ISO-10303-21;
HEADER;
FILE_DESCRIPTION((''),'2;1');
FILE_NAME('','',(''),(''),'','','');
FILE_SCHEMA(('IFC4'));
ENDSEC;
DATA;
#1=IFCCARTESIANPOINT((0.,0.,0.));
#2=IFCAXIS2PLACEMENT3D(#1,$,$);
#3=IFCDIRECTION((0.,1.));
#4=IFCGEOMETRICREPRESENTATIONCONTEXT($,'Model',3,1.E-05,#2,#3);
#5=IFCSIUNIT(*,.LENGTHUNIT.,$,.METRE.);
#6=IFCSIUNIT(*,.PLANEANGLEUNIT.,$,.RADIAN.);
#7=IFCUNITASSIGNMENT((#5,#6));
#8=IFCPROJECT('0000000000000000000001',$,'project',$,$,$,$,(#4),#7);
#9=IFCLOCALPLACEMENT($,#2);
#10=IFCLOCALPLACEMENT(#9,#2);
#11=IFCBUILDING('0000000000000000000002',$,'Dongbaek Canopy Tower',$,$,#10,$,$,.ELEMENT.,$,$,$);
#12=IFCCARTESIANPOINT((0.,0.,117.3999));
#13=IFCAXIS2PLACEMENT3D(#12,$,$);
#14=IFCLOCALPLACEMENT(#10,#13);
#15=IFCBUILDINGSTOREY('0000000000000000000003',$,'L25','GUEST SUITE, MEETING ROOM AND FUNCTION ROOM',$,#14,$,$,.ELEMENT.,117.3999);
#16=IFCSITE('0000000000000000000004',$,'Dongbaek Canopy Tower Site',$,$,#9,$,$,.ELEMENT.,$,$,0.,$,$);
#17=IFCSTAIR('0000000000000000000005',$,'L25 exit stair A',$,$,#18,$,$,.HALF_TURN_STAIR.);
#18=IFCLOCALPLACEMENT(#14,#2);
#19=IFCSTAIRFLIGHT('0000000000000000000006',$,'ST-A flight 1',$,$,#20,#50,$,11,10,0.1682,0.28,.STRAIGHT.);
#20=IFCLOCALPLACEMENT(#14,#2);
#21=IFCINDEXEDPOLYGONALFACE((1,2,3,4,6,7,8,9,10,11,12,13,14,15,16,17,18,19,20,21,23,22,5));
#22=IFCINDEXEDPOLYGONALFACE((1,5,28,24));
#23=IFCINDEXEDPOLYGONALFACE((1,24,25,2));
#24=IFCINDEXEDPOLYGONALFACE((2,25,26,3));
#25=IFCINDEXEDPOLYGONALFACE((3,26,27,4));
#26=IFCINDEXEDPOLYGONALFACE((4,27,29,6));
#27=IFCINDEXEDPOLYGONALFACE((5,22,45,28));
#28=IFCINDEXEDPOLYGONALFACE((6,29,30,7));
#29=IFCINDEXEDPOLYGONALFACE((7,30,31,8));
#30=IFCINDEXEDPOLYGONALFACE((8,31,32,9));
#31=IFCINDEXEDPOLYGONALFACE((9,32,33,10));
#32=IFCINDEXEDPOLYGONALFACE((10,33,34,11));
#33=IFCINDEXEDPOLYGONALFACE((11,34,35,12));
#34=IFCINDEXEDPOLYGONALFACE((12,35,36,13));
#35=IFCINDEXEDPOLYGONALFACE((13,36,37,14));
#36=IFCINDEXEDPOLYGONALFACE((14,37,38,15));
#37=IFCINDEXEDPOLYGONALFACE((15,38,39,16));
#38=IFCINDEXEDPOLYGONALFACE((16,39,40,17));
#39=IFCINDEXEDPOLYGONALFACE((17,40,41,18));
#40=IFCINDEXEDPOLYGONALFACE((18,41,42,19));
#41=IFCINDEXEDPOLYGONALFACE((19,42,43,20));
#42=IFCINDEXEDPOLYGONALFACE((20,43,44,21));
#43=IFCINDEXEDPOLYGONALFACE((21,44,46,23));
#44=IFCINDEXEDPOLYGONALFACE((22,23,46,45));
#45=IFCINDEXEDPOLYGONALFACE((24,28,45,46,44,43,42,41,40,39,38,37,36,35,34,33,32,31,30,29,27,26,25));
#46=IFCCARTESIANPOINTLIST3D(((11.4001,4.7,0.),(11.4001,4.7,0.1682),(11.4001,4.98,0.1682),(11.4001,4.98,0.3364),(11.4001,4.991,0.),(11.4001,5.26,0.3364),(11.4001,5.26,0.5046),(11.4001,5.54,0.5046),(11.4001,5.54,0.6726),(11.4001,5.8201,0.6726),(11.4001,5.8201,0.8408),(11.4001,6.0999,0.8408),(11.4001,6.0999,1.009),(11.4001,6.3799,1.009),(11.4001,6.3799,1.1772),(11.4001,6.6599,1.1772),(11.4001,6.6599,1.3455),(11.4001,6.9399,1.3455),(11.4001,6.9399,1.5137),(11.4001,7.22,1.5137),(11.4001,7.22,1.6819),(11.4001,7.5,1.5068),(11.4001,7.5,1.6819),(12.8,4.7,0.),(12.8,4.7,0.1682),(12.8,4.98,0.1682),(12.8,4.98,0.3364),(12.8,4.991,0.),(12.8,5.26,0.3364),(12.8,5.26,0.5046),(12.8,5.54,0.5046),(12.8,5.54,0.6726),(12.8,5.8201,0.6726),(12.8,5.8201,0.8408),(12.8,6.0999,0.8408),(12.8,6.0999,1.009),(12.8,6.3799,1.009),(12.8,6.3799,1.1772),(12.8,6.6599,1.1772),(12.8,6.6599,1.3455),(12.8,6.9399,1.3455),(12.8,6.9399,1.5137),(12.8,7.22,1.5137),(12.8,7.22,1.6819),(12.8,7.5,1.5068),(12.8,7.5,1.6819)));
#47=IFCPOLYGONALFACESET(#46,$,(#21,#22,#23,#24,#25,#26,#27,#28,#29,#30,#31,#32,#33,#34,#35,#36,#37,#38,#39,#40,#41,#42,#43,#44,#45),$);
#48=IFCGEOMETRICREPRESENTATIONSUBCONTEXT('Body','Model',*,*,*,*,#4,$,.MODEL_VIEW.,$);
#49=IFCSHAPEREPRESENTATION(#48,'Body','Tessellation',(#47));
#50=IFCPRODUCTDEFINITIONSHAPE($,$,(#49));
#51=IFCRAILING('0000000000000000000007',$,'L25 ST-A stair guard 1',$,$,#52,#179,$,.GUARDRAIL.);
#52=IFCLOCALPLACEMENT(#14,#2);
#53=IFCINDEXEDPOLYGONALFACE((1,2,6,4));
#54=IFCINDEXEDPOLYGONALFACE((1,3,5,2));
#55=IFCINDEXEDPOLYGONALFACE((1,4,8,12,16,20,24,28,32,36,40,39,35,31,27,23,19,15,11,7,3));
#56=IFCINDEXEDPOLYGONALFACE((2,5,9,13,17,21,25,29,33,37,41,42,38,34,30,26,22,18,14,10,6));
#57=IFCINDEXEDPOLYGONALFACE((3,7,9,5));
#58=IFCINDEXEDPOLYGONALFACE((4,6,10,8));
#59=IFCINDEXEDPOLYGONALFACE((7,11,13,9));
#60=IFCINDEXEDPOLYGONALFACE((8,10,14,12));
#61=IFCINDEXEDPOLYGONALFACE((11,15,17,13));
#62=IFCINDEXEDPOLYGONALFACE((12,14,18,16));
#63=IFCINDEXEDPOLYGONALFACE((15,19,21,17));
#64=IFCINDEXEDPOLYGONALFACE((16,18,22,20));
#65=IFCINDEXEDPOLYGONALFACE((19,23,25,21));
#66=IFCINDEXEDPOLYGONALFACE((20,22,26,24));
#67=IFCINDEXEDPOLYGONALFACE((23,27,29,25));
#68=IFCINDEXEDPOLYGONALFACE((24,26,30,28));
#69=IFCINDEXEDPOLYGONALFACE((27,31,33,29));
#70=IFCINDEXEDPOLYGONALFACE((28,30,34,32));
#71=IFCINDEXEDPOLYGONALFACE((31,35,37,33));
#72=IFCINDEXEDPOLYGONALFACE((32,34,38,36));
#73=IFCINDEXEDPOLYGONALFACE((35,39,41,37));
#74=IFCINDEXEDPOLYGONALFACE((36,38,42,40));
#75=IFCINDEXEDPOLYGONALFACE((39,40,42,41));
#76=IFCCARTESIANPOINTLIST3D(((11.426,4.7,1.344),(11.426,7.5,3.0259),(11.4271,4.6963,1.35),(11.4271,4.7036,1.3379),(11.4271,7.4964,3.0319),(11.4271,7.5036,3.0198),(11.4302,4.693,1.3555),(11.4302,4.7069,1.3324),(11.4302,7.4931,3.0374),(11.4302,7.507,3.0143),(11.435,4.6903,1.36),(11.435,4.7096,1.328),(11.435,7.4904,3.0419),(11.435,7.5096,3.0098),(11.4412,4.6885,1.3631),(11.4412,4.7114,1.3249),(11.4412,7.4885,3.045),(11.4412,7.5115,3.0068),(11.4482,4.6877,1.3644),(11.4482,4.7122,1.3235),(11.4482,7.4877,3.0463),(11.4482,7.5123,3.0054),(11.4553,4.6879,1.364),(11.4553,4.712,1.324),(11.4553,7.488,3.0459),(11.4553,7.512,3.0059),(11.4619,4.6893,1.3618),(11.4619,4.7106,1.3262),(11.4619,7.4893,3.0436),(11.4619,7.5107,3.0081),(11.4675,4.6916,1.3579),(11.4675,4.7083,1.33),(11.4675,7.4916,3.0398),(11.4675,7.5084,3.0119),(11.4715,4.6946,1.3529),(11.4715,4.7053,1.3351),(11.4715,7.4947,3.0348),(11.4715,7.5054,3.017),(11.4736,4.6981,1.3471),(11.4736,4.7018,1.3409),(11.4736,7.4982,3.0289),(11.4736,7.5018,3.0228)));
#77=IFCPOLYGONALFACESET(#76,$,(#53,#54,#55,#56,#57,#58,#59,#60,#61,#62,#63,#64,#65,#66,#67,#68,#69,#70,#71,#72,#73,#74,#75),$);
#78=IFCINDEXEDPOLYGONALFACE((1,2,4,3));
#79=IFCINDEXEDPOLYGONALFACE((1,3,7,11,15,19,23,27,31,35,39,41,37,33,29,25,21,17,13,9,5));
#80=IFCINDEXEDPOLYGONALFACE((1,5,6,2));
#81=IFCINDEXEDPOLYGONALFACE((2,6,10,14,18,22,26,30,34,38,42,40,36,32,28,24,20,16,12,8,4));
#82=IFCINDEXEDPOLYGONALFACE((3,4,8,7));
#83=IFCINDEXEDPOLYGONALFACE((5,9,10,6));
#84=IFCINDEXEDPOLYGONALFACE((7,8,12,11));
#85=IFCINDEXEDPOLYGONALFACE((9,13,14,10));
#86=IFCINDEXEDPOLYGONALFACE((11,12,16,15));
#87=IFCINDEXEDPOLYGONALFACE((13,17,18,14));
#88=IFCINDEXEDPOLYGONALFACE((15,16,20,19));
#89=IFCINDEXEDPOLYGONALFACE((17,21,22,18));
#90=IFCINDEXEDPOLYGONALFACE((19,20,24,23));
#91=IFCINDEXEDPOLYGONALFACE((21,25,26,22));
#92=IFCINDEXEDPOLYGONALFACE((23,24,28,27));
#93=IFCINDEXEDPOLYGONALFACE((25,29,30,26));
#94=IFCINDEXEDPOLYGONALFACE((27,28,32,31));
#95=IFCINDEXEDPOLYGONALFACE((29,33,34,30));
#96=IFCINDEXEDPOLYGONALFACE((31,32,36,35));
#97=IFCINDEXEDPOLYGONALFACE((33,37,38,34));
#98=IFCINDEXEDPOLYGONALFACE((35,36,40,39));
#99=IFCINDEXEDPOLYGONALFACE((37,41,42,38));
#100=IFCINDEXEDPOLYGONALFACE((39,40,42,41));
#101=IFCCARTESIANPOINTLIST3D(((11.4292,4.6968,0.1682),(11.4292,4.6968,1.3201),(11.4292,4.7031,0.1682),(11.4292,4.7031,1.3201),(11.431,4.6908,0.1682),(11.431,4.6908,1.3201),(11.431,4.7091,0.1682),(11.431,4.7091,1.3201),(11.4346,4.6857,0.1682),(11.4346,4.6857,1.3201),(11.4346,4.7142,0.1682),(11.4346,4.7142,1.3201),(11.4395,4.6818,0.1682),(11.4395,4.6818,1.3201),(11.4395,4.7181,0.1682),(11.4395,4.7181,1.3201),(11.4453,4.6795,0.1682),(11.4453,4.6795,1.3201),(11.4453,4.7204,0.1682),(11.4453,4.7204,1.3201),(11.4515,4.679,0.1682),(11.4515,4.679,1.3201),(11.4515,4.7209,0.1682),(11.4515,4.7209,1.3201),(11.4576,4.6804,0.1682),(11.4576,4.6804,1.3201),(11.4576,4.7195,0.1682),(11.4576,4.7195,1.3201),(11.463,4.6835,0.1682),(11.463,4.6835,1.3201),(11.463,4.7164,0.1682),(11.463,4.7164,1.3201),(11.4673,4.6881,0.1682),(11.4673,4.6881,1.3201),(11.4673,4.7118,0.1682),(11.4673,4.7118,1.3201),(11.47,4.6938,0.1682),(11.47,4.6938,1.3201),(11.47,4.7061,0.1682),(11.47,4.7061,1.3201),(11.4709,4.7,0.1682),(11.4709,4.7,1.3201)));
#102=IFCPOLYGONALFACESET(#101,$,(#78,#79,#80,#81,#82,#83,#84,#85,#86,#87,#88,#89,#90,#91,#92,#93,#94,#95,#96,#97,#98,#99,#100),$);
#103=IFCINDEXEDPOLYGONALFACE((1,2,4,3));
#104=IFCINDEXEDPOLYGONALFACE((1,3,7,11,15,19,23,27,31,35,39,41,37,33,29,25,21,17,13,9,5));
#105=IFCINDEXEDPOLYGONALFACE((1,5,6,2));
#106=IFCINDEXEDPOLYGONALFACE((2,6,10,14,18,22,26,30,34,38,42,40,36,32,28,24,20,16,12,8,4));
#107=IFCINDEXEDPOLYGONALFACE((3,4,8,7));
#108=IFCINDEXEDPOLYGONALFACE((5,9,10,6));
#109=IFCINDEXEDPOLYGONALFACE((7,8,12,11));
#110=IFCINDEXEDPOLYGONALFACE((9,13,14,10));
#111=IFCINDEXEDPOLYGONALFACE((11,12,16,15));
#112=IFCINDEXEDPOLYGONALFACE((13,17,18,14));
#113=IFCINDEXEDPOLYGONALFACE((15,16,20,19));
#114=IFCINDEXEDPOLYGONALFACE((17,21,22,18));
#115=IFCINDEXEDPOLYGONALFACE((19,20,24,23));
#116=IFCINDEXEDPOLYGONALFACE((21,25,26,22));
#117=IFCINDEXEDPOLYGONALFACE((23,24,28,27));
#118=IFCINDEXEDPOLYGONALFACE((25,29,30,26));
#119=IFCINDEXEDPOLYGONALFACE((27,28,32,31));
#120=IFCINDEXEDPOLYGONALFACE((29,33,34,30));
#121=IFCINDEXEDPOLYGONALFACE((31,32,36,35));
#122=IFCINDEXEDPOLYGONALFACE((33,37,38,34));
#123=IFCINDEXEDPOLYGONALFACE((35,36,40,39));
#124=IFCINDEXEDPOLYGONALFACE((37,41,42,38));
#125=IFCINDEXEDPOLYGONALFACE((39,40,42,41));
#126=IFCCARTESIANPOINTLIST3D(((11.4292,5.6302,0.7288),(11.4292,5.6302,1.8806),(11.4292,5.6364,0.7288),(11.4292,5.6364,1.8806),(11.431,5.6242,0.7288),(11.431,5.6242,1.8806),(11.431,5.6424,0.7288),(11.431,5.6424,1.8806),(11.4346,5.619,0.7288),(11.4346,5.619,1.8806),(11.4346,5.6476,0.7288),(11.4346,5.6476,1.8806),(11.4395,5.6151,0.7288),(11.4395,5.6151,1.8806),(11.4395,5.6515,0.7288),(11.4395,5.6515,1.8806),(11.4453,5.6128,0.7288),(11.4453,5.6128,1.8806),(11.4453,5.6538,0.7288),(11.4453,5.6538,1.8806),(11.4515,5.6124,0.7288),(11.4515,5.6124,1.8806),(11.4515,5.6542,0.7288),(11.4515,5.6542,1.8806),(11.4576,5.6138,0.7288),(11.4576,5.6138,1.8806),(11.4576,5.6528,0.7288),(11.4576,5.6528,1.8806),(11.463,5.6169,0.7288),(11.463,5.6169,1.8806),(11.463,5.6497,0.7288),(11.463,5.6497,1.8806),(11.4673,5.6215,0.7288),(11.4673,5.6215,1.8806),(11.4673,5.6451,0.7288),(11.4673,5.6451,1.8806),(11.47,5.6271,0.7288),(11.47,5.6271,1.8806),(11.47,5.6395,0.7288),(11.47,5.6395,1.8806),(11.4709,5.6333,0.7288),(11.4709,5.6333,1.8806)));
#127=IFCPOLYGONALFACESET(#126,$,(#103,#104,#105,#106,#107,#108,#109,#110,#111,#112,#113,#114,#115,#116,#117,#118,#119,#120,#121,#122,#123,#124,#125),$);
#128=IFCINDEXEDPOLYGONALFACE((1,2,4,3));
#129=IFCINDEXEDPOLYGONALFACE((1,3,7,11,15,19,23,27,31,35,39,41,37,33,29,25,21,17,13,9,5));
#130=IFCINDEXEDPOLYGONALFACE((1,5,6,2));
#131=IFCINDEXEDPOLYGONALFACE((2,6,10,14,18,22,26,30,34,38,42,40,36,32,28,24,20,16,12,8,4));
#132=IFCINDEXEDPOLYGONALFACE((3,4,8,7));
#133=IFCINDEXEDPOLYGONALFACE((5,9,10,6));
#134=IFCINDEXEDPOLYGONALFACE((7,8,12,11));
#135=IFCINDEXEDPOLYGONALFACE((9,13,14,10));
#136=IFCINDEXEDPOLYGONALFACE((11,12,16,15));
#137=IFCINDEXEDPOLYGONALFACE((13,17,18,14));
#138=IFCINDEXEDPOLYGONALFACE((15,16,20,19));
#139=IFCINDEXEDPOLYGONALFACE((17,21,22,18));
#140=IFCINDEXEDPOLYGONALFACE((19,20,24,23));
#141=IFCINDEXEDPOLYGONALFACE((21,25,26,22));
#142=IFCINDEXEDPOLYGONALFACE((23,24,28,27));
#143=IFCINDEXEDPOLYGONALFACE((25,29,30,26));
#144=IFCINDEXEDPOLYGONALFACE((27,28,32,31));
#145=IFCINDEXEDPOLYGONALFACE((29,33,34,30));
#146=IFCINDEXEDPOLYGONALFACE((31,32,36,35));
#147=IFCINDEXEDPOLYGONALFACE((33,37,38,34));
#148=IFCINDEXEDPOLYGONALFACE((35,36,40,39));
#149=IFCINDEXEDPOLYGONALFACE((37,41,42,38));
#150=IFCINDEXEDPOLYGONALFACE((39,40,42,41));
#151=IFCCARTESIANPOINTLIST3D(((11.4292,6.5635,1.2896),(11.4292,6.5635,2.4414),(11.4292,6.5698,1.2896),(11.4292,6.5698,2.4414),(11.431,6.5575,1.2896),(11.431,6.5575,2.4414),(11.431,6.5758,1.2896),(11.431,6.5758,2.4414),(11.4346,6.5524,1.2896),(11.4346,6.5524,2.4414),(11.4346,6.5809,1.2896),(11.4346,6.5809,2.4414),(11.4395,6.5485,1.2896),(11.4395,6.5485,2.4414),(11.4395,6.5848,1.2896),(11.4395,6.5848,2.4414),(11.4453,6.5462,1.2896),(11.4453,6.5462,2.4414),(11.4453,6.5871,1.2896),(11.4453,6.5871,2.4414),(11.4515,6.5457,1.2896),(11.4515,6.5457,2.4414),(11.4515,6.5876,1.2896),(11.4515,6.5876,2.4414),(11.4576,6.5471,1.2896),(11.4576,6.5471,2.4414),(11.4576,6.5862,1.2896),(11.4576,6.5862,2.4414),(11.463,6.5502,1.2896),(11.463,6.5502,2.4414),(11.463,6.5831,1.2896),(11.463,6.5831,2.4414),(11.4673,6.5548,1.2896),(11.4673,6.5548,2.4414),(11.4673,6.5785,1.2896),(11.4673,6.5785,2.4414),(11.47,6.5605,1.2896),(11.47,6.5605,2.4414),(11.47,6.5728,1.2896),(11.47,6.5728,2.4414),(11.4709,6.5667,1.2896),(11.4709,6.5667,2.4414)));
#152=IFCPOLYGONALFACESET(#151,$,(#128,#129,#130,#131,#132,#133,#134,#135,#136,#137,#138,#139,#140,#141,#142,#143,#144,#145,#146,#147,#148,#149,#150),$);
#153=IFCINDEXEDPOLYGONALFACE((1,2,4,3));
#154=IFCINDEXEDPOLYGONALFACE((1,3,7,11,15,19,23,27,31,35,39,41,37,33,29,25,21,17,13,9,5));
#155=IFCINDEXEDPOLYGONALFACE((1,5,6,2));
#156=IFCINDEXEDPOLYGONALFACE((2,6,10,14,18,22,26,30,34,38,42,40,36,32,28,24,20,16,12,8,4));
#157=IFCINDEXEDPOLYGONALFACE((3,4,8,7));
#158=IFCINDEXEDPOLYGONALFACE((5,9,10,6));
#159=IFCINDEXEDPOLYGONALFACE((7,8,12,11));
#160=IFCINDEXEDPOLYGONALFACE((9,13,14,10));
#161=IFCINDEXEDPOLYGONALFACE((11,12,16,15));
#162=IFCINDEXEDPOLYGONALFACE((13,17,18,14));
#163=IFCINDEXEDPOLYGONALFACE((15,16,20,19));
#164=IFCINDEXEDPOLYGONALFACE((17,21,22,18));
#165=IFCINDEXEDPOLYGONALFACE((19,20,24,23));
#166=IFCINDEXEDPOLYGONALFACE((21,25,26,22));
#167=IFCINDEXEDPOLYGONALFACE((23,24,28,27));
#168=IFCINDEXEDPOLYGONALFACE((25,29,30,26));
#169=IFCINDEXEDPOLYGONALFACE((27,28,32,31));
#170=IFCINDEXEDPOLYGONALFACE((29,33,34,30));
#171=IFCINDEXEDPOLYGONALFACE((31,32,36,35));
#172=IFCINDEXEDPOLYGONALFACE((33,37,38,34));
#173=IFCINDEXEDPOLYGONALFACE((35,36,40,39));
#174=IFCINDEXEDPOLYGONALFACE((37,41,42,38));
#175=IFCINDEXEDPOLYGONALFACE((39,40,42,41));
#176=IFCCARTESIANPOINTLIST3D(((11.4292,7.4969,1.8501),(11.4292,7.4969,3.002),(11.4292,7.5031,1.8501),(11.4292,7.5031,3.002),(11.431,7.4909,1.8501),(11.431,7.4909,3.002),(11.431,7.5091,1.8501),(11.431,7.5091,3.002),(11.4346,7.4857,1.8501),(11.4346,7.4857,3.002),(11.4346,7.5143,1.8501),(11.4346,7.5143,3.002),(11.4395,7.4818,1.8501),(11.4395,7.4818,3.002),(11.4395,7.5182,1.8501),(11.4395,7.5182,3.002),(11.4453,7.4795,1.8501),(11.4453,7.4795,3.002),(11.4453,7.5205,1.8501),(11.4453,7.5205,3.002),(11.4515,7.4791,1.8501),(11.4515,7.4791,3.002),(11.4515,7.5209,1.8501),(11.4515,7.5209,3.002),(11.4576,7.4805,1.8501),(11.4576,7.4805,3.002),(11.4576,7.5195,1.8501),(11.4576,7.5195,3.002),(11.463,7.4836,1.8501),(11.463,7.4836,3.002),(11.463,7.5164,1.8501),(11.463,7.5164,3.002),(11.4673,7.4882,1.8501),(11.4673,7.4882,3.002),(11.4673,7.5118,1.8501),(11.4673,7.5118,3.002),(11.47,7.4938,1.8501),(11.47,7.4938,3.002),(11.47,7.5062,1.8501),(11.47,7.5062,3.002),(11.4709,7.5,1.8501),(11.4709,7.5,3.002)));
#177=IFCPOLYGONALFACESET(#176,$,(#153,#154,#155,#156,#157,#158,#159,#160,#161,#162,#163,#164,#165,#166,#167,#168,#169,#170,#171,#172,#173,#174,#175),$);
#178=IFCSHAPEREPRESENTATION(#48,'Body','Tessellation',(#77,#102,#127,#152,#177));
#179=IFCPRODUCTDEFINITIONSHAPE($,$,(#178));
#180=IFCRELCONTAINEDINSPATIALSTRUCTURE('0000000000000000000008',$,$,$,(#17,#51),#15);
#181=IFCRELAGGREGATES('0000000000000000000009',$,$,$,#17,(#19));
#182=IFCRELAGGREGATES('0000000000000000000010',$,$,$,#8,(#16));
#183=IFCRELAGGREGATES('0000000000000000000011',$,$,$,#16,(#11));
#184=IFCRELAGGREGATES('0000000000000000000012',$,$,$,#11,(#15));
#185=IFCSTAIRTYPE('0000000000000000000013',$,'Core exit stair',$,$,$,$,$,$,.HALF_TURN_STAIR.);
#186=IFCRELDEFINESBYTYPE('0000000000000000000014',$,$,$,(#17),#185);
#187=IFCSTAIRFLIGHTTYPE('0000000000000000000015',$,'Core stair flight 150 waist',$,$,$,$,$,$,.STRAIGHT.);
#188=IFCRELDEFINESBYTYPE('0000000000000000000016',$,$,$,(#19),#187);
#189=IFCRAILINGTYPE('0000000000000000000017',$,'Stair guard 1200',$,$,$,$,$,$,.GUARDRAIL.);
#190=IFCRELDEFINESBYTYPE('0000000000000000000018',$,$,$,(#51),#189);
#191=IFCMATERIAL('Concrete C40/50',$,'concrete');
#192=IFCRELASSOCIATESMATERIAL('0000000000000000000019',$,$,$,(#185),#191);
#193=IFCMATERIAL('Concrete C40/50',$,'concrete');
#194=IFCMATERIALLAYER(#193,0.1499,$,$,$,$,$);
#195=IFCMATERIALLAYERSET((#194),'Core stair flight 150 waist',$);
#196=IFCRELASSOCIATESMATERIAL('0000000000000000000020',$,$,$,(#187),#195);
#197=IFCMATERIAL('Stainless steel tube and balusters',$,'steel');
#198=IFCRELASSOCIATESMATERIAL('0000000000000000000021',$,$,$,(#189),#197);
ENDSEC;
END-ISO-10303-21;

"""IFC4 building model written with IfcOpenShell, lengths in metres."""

from ifc_helpers import new_model, si_unit, direction, frame, origin, origin_2d, place, context, subcontext, project, spatial, polyline, circle, outline, extrude, material, layer, layer_set, type_object, element, aggregate, save


model = new_model("IFC4")

# Units and contexts
model_context = context("Model", 3, precision=1e-05, world=origin(), true_north=direction((0.0, 1.0)))
body_context = subcontext(model_context, "Body", "Model", "MODEL_VIEW")
ifc_project = project(units=[si_unit("LENGTHUNIT", "METRE"), si_unit("PLANEANGLEUNIT", "RADIAN")], contexts=[model_context])

# Site, building, storey
site_placement = place(None, origin())
site = spatial("IfcSite", under=ifc_project, at=site_placement, Name="Dongbaek Canopy Tower Site", CompositionType="ELEMENT", RefElevation=0.0)
building_placement = place(site_placement, origin())
building = spatial("IfcBuilding", under=site, at=building_placement, Name="Dongbaek Canopy Tower", CompositionType="ELEMENT")
storey_placement = place(building_placement, frame((0.0, 0.0, 117.3999)))
storey = spatial("IfcBuildingStorey", under=building, at=storey_placement, Name="L25", Description="GUEST SUITE, MEETING ROOM AND FUNCTION ROOM", CompositionType="ELEMENT", Elevation=117.3999)

# Shared definitions
ifc_material_1 = material(Name="Concrete C40/50", Category="concrete")
stair_type = type_object("IfcStairType", Name="Core exit stair", PredefinedType="HALF_TURN_STAIR", material=ifc_material_1)

# Stair, stair flight
stair_1_placement = place(storey_placement, origin())
stair_1 = element("IfcStair", 1, at=stair_1_placement, inside=storey, type_object=stair_type, Name="L25 exit stair A", PredefinedType="HALF_TURN_STAIR")
ifc_material_2 = material(Name="Concrete C40/50", Category="concrete")
ifc_layer_1 = layer(ifc_material_2, 0.1499)
ifc_layer_set_1 = layer_set([ifc_layer_1], Name="Core stair flight 150 waist")
stair_flight_type = type_object("IfcStairFlightType", Name="Core stair flight 150 waist", PredefinedType="STRAIGHT", material=ifc_layer_set_1)
stair_flight_placement = place(storey_placement, frame((12.1001, 4.7, 0.0), z_axis=(0.0, 0.0, 1.0), x_axis=(0.0, 1.0, 0.0)))
stair_flight = element("IfcStairFlight", 2, at=stair_flight_placement, type_object=stair_flight_type, Name="ST-A flight 1", NumberOfRisers=11, NumberOfTreads=10, PredefinedType="STRAIGHT", RiserHeight=0.1682, TreadLength=0.28, context=body_context, shape_type="SweptSolid", body=[
    extrude(outline(polyline([(0.0, 0.0), (0.0, 0.1682), (0.28, 0.1682), (0.28, 0.3364), (0.5601, 0.3364), (0.5601, 0.5046), (0.8401, 0.5046), (0.8401, 0.6726), (1.1201, 0.6726), (1.1201, 0.8408), (1.3999, 0.8408), (1.3999, 1.009), (1.6799, 1.009), (1.6799, 1.1772), (1.96, 1.1772), (1.96, 1.3455), (2.24, 1.3455), (2.24, 1.5137), (2.52, 1.5137), (2.52, 1.6819), (2.8, 1.6819), (2.8, 1.8501), (2.8, 1.5068), (0.291, 0.0), (0.0, 0.0)])), frame((0.0, 0.7, 0.0), z_axis=(0.0, -1.0, 0.0), x_axis=(1.0, 0.0, 0.0)), (0.0, 0.0, 1.0), 1.3999),
])
aggregate(stair_1, [stair_flight])

# Railing
ifc_material_3 = material(Name="Stainless steel tube and balusters", Category="steel")
railing_type = type_object("IfcRailingType", Name="Stair guard 1200", PredefinedType="GUARDRAIL", material=ifc_material_3)
railing_1_placement = place(storey_placement, frame((11.45, 4.7, 0.1682)))
element("IfcRailing", 3, at=railing_1_placement, inside=storey, type_object=railing_type, Name="L25 ST-A stair guard 1", PredefinedType="GUARDRAIL", context=body_context, shape_type="SweptSolid", body=[
    extrude(circle(Radius=0.0239, at=origin_2d()), frame((0.0, 0.0, 1.1758), z_axis=(0.0, 0.857242, 0.514913), x_axis=(-1.0, 0.0, 0.0)), (0.0, 0.0, 1.0), 3.2664),
    extrude(circle(Radius=0.021, at=origin_2d()), origin(), (0.0, 0.0, 1.0), 1.1519),
    extrude(circle(Radius=0.021, at=origin_2d()), frame((0.0, 0.9333, 0.5605)), (0.0, 0.0, 1.0), 1.1519),
    extrude(circle(Radius=0.021, at=origin_2d()), frame((0.0, 1.8667, 1.1213)), (0.0, 0.0, 1.0), 1.1519),
    extrude(circle(Radius=0.021, at=origin_2d()), frame((0.0, 2.8, 1.6819)), (0.0, 0.0, 1.0), 1.1519),
])

save(model, "model.ifc")
